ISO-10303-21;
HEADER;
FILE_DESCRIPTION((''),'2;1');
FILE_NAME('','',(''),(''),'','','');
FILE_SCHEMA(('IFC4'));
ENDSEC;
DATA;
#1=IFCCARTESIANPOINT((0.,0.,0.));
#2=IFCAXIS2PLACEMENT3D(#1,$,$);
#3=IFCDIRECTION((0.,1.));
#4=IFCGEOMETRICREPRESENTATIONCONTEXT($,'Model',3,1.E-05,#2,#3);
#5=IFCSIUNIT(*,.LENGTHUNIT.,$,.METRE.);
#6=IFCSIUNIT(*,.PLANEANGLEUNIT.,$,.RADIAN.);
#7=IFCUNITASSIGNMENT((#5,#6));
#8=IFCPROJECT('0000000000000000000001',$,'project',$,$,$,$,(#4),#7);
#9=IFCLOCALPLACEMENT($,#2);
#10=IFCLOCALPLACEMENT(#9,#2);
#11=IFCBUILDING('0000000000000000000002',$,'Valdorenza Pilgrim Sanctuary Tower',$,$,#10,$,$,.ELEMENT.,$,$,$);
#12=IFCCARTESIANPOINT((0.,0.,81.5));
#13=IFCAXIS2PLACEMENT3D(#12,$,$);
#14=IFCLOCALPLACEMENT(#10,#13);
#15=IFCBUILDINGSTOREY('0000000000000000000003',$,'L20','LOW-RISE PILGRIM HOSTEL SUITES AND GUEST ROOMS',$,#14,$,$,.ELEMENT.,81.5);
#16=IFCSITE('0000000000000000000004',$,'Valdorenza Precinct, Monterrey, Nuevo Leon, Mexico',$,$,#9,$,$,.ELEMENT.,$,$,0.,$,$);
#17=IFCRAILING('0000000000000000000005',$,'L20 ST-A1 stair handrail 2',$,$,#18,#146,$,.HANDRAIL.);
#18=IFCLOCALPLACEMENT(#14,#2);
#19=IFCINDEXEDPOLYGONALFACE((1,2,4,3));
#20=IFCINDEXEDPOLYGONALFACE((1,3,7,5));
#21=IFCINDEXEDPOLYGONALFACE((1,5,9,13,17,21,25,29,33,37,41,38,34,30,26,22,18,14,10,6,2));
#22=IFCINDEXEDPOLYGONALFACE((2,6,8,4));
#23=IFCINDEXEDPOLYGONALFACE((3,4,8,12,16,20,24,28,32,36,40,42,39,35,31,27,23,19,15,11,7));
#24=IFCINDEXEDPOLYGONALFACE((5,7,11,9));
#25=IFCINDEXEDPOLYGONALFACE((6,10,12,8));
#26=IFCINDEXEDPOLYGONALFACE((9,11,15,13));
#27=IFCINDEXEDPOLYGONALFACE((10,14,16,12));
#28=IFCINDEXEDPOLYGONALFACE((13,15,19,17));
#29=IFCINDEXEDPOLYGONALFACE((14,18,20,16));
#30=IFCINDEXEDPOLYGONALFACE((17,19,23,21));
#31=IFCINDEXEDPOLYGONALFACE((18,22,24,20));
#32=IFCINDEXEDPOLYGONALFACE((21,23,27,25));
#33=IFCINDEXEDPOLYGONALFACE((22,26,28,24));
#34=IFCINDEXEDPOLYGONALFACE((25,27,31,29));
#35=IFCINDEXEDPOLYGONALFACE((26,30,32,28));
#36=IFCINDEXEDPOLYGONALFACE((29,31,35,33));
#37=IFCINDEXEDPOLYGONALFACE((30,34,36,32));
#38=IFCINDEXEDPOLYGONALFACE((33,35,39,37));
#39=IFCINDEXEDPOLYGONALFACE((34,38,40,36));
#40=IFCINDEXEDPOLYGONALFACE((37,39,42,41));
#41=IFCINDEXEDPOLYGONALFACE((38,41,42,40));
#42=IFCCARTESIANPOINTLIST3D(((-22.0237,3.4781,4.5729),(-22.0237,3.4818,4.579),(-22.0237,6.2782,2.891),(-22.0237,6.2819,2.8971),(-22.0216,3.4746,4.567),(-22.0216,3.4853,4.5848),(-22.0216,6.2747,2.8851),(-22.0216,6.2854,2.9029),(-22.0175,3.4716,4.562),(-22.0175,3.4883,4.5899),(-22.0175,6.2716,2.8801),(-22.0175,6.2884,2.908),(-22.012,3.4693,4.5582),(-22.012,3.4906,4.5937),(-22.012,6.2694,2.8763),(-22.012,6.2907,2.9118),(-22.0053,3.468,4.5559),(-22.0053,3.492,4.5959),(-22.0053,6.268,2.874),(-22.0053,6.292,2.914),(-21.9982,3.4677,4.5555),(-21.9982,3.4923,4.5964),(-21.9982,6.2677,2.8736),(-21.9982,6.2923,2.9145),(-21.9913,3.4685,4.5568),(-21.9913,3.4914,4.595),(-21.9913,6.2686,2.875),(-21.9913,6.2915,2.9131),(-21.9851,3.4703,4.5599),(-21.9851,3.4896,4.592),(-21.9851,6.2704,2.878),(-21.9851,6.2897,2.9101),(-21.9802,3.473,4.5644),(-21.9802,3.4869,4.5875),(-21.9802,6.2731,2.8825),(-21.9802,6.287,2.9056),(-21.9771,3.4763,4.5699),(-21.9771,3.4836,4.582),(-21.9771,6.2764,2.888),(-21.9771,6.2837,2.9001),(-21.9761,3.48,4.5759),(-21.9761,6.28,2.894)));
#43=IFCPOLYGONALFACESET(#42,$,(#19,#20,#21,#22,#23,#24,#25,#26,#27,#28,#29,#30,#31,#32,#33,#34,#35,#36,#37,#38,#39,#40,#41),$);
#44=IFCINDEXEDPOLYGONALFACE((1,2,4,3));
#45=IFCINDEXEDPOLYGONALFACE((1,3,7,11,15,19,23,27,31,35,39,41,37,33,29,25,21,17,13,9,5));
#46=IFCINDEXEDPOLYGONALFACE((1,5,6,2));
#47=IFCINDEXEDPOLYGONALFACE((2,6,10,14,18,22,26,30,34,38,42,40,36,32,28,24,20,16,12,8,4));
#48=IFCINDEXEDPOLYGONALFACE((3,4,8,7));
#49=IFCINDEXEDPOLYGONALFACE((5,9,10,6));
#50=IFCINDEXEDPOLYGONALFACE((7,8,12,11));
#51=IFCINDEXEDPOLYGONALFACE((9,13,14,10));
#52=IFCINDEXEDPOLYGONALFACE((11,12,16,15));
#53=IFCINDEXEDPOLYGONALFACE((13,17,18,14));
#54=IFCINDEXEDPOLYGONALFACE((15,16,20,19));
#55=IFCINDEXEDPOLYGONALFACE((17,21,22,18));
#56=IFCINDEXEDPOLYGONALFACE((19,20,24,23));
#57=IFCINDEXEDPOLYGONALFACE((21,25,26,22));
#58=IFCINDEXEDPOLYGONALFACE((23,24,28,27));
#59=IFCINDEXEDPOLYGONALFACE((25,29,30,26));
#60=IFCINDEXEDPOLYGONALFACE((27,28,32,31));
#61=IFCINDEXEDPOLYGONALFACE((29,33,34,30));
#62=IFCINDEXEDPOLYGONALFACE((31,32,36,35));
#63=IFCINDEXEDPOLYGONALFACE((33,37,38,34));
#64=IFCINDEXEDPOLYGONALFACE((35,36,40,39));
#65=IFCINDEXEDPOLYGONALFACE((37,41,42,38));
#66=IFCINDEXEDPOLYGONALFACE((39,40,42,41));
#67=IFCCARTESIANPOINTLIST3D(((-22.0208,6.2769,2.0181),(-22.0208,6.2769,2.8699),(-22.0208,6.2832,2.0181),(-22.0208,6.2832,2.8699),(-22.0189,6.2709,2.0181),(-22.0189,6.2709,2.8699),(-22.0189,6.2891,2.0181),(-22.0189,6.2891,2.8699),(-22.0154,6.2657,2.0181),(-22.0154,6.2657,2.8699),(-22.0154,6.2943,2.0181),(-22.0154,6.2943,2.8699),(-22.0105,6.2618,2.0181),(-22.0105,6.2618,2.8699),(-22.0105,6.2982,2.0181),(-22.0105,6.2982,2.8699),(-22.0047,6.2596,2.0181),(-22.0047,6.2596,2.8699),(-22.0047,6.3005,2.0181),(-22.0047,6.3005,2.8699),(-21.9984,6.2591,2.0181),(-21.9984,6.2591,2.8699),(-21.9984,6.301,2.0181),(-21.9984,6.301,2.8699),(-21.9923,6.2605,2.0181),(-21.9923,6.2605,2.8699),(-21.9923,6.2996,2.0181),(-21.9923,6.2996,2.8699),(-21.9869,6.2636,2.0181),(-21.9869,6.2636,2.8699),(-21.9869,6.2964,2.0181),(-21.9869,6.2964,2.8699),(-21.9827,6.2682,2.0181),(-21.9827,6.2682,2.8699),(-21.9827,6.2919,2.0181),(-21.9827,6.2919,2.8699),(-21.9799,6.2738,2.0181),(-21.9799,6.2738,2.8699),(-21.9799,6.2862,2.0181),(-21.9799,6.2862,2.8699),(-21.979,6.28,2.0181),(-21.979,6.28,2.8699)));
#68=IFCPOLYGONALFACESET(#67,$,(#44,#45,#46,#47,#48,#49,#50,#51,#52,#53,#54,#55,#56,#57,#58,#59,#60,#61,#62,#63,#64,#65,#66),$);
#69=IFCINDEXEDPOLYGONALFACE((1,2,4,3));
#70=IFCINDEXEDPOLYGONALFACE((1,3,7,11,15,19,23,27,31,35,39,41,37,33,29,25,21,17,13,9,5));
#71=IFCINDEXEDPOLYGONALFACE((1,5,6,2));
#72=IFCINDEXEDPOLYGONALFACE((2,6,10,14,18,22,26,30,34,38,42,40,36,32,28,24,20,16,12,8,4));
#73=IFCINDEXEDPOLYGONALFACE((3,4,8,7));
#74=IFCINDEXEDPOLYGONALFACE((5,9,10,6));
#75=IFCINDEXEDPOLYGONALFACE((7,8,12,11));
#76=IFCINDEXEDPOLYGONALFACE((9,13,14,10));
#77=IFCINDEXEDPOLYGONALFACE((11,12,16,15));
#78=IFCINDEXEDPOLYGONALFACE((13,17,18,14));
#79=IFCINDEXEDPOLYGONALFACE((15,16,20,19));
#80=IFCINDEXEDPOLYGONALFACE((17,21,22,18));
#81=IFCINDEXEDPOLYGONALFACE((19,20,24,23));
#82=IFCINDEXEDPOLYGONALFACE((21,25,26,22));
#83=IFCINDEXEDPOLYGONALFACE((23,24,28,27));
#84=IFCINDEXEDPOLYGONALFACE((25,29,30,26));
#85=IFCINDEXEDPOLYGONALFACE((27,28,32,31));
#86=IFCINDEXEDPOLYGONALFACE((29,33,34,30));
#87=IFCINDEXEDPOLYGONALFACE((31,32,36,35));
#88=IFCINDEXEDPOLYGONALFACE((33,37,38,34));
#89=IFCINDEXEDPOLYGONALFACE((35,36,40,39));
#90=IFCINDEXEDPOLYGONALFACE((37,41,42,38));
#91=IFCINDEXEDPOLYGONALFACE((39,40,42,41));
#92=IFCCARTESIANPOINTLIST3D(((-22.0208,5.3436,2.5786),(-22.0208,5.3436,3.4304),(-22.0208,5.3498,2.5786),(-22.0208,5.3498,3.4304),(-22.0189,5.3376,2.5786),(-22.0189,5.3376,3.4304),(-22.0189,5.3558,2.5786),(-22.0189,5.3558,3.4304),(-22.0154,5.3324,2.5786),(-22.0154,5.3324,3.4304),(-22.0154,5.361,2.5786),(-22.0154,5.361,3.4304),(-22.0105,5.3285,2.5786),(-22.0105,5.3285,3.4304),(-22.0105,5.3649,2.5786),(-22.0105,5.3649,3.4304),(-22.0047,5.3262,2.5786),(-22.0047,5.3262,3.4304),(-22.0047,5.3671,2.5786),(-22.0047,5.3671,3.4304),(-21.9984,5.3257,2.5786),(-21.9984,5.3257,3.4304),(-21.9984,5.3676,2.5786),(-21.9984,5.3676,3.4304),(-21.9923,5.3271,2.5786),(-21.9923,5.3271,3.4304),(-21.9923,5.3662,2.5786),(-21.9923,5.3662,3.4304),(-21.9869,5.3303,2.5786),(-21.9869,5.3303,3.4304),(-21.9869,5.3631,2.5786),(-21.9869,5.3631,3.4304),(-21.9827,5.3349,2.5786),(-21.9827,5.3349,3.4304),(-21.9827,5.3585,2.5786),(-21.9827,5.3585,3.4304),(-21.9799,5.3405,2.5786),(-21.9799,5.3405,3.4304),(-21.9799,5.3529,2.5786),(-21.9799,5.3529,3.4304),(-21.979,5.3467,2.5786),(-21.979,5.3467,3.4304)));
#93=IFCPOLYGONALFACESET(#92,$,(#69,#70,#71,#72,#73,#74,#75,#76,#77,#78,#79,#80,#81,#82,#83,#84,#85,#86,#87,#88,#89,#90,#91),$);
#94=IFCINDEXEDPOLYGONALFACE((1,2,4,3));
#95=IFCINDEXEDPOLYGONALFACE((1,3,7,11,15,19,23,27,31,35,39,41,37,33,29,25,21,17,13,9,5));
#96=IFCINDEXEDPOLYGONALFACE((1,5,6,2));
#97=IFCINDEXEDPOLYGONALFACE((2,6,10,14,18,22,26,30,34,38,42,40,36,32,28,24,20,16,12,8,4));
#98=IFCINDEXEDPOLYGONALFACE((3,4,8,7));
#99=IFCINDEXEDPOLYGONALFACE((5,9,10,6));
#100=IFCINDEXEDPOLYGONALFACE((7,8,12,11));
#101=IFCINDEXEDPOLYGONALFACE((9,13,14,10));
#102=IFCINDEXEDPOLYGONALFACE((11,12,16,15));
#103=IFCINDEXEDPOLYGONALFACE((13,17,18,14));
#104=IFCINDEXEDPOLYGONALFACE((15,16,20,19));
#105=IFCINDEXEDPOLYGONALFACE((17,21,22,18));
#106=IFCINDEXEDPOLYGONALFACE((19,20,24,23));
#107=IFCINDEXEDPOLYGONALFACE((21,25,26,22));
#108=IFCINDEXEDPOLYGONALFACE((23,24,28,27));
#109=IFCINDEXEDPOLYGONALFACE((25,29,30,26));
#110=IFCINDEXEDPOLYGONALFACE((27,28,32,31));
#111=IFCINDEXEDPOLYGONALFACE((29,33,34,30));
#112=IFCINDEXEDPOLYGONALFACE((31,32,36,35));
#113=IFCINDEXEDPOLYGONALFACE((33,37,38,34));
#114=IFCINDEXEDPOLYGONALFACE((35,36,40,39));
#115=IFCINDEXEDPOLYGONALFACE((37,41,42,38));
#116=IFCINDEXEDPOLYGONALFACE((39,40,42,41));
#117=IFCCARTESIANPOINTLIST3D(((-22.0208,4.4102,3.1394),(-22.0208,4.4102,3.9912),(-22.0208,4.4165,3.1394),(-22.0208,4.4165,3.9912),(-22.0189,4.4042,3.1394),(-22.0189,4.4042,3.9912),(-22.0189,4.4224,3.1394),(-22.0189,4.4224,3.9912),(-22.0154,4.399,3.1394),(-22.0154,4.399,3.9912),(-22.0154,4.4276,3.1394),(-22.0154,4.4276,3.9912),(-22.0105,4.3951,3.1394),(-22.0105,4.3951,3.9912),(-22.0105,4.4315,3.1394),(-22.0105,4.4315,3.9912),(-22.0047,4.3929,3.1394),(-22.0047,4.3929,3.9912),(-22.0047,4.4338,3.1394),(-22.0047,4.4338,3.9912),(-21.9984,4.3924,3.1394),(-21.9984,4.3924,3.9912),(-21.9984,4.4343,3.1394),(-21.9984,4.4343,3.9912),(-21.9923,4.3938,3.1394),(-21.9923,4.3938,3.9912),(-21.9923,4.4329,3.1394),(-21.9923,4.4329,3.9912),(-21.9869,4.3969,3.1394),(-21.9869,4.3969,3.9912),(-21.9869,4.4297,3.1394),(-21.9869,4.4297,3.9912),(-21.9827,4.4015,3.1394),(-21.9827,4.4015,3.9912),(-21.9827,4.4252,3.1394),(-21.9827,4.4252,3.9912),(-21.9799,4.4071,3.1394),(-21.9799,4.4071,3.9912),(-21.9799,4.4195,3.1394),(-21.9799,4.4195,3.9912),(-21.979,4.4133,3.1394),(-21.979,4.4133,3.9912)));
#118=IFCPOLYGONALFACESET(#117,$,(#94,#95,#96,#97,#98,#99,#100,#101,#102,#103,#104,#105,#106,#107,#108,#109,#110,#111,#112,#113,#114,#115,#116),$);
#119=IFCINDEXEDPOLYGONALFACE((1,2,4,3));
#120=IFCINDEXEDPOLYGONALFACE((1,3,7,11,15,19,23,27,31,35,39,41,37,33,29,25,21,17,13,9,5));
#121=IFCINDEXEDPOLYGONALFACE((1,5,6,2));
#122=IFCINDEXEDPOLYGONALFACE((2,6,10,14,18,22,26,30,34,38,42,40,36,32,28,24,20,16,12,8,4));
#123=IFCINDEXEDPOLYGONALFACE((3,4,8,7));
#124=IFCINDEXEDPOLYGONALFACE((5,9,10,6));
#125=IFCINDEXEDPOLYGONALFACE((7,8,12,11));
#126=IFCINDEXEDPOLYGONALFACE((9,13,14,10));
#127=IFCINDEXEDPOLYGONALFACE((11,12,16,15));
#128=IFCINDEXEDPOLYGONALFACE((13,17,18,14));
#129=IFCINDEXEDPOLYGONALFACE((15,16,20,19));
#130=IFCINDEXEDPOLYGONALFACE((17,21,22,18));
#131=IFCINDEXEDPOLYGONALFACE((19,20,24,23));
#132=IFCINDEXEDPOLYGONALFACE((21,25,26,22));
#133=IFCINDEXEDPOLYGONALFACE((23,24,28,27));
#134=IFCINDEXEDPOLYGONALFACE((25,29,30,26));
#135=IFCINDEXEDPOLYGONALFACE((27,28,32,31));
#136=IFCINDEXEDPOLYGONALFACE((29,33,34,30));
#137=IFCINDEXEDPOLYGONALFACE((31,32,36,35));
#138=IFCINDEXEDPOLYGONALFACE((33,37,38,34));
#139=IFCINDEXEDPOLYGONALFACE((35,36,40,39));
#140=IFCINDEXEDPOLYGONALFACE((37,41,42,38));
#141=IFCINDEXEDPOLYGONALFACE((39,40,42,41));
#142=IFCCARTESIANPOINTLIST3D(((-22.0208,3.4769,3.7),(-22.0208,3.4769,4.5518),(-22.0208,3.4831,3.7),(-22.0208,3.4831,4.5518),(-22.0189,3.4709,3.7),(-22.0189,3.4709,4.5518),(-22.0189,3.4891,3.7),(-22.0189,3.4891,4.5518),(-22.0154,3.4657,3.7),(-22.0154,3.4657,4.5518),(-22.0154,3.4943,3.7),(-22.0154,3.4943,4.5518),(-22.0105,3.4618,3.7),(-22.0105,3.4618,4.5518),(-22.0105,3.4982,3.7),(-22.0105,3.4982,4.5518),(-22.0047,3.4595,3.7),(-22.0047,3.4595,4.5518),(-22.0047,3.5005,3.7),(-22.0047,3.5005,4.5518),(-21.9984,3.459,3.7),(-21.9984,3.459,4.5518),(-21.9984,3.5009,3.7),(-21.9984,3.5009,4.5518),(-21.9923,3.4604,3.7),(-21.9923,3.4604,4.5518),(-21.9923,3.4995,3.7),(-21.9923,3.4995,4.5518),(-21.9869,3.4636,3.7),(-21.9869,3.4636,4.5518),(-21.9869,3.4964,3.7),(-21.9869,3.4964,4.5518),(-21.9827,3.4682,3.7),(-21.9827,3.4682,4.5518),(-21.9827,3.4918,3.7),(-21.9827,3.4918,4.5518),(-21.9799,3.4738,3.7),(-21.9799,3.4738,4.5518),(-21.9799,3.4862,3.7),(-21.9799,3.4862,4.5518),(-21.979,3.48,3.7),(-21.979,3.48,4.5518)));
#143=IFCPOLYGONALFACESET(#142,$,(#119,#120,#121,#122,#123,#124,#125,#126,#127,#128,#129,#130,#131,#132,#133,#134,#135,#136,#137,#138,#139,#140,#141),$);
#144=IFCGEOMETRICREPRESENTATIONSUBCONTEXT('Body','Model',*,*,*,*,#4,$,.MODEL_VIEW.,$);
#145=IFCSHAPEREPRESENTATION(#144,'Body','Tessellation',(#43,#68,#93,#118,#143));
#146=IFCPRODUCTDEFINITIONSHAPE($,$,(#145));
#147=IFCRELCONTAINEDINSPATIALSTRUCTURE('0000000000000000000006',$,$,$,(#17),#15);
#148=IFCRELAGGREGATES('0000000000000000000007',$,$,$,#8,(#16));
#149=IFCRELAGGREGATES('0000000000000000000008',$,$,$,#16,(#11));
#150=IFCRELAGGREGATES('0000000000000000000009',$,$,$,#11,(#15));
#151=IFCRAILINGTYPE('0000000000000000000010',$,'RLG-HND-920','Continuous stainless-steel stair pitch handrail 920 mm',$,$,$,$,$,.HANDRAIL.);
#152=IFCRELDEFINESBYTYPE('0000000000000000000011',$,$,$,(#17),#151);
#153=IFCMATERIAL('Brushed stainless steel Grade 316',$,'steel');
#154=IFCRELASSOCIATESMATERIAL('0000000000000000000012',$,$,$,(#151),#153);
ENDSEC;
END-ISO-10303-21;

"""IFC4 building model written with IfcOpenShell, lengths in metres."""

from ifc_helpers import new_model, si_unit, direction, frame, origin, origin_2d, place, context, subcontext, project, spatial, circle, extrude, material, type_object, element, save


model = new_model("IFC4")

# Units and contexts
model_context = context("Model", 3, precision=1e-05, world=origin(), true_north=direction((0.0, 1.0)))
body_context = subcontext(model_context, "Body", "Model", "MODEL_VIEW")
ifc_project = project(units=[si_unit("LENGTHUNIT", "METRE"), si_unit("PLANEANGLEUNIT", "RADIAN")], contexts=[model_context])

# Site, building, storey
site_placement = place(None, origin())
site = spatial("IfcSite", under=ifc_project, at=site_placement, Name="Valdorenza Precinct, Monterrey, Nuevo Leon, Mexico", CompositionType="ELEMENT", RefElevation=0.0)
building_placement = place(site_placement, origin())
building = spatial("IfcBuilding", under=site, at=building_placement, Name="Valdorenza Pilgrim Sanctuary Tower", CompositionType="ELEMENT")
storey_placement = place(building_placement, frame((0.0, 0.0, 81.5)))
storey = spatial("IfcBuildingStorey", under=building, at=storey_placement, Name="L20", Description="LOW-RISE PILGRIM HOSTEL SUITES AND GUEST ROOMS", CompositionType="ELEMENT", Elevation=81.5)

# Shared definitions
ifc_material_1 = material(Name="Brushed stainless steel Grade 316", Category="steel")

# Railing
railing_type_1 = type_object("IfcRailingType", Name="RLG-HND-920", Description="Continuous stainless-steel stair pitch handrail 920 mm", PredefinedType="HANDRAIL", material=ifc_material_1)
railing_1_placement = place(storey_placement, frame((-22.0, 6.28, 2.0181)))
element("IfcRailing", 1, at=railing_1_placement, inside=storey, type_object=railing_type_1, Name="L20 ST-A1 stair handrail 2", PredefinedType="HANDRAIL", context=body_context, shape_type="SweptSolid", body=[
    extrude(circle(Radius=0.0239, at=origin_2d()), frame((0.0, 0.0, 0.876), z_axis=(0.0, -0.857242, 0.514913), x_axis=(1.0, 0.0, 0.0)), (0.0, 0.0, 1.0), 3.2664),
    extrude(circle(Radius=0.021, at=origin_2d()), origin(), (0.0, 0.0, 1.0), 0.8518),
    extrude(circle(Radius=0.021, at=origin_2d()), frame((0.0, -0.9333, 0.5605)), (0.0, 0.0, 1.0), 0.8518),
    extrude(circle(Radius=0.021, at=origin_2d()), frame((0.0, -1.8667, 1.1213)), (0.0, 0.0, 1.0), 0.8518),
    extrude(circle(Radius=0.021, at=origin_2d()), frame((0.0, -2.8, 1.6819)), (0.0, 0.0, 1.0), 0.8518),
])

save(model, "model.ifc")
